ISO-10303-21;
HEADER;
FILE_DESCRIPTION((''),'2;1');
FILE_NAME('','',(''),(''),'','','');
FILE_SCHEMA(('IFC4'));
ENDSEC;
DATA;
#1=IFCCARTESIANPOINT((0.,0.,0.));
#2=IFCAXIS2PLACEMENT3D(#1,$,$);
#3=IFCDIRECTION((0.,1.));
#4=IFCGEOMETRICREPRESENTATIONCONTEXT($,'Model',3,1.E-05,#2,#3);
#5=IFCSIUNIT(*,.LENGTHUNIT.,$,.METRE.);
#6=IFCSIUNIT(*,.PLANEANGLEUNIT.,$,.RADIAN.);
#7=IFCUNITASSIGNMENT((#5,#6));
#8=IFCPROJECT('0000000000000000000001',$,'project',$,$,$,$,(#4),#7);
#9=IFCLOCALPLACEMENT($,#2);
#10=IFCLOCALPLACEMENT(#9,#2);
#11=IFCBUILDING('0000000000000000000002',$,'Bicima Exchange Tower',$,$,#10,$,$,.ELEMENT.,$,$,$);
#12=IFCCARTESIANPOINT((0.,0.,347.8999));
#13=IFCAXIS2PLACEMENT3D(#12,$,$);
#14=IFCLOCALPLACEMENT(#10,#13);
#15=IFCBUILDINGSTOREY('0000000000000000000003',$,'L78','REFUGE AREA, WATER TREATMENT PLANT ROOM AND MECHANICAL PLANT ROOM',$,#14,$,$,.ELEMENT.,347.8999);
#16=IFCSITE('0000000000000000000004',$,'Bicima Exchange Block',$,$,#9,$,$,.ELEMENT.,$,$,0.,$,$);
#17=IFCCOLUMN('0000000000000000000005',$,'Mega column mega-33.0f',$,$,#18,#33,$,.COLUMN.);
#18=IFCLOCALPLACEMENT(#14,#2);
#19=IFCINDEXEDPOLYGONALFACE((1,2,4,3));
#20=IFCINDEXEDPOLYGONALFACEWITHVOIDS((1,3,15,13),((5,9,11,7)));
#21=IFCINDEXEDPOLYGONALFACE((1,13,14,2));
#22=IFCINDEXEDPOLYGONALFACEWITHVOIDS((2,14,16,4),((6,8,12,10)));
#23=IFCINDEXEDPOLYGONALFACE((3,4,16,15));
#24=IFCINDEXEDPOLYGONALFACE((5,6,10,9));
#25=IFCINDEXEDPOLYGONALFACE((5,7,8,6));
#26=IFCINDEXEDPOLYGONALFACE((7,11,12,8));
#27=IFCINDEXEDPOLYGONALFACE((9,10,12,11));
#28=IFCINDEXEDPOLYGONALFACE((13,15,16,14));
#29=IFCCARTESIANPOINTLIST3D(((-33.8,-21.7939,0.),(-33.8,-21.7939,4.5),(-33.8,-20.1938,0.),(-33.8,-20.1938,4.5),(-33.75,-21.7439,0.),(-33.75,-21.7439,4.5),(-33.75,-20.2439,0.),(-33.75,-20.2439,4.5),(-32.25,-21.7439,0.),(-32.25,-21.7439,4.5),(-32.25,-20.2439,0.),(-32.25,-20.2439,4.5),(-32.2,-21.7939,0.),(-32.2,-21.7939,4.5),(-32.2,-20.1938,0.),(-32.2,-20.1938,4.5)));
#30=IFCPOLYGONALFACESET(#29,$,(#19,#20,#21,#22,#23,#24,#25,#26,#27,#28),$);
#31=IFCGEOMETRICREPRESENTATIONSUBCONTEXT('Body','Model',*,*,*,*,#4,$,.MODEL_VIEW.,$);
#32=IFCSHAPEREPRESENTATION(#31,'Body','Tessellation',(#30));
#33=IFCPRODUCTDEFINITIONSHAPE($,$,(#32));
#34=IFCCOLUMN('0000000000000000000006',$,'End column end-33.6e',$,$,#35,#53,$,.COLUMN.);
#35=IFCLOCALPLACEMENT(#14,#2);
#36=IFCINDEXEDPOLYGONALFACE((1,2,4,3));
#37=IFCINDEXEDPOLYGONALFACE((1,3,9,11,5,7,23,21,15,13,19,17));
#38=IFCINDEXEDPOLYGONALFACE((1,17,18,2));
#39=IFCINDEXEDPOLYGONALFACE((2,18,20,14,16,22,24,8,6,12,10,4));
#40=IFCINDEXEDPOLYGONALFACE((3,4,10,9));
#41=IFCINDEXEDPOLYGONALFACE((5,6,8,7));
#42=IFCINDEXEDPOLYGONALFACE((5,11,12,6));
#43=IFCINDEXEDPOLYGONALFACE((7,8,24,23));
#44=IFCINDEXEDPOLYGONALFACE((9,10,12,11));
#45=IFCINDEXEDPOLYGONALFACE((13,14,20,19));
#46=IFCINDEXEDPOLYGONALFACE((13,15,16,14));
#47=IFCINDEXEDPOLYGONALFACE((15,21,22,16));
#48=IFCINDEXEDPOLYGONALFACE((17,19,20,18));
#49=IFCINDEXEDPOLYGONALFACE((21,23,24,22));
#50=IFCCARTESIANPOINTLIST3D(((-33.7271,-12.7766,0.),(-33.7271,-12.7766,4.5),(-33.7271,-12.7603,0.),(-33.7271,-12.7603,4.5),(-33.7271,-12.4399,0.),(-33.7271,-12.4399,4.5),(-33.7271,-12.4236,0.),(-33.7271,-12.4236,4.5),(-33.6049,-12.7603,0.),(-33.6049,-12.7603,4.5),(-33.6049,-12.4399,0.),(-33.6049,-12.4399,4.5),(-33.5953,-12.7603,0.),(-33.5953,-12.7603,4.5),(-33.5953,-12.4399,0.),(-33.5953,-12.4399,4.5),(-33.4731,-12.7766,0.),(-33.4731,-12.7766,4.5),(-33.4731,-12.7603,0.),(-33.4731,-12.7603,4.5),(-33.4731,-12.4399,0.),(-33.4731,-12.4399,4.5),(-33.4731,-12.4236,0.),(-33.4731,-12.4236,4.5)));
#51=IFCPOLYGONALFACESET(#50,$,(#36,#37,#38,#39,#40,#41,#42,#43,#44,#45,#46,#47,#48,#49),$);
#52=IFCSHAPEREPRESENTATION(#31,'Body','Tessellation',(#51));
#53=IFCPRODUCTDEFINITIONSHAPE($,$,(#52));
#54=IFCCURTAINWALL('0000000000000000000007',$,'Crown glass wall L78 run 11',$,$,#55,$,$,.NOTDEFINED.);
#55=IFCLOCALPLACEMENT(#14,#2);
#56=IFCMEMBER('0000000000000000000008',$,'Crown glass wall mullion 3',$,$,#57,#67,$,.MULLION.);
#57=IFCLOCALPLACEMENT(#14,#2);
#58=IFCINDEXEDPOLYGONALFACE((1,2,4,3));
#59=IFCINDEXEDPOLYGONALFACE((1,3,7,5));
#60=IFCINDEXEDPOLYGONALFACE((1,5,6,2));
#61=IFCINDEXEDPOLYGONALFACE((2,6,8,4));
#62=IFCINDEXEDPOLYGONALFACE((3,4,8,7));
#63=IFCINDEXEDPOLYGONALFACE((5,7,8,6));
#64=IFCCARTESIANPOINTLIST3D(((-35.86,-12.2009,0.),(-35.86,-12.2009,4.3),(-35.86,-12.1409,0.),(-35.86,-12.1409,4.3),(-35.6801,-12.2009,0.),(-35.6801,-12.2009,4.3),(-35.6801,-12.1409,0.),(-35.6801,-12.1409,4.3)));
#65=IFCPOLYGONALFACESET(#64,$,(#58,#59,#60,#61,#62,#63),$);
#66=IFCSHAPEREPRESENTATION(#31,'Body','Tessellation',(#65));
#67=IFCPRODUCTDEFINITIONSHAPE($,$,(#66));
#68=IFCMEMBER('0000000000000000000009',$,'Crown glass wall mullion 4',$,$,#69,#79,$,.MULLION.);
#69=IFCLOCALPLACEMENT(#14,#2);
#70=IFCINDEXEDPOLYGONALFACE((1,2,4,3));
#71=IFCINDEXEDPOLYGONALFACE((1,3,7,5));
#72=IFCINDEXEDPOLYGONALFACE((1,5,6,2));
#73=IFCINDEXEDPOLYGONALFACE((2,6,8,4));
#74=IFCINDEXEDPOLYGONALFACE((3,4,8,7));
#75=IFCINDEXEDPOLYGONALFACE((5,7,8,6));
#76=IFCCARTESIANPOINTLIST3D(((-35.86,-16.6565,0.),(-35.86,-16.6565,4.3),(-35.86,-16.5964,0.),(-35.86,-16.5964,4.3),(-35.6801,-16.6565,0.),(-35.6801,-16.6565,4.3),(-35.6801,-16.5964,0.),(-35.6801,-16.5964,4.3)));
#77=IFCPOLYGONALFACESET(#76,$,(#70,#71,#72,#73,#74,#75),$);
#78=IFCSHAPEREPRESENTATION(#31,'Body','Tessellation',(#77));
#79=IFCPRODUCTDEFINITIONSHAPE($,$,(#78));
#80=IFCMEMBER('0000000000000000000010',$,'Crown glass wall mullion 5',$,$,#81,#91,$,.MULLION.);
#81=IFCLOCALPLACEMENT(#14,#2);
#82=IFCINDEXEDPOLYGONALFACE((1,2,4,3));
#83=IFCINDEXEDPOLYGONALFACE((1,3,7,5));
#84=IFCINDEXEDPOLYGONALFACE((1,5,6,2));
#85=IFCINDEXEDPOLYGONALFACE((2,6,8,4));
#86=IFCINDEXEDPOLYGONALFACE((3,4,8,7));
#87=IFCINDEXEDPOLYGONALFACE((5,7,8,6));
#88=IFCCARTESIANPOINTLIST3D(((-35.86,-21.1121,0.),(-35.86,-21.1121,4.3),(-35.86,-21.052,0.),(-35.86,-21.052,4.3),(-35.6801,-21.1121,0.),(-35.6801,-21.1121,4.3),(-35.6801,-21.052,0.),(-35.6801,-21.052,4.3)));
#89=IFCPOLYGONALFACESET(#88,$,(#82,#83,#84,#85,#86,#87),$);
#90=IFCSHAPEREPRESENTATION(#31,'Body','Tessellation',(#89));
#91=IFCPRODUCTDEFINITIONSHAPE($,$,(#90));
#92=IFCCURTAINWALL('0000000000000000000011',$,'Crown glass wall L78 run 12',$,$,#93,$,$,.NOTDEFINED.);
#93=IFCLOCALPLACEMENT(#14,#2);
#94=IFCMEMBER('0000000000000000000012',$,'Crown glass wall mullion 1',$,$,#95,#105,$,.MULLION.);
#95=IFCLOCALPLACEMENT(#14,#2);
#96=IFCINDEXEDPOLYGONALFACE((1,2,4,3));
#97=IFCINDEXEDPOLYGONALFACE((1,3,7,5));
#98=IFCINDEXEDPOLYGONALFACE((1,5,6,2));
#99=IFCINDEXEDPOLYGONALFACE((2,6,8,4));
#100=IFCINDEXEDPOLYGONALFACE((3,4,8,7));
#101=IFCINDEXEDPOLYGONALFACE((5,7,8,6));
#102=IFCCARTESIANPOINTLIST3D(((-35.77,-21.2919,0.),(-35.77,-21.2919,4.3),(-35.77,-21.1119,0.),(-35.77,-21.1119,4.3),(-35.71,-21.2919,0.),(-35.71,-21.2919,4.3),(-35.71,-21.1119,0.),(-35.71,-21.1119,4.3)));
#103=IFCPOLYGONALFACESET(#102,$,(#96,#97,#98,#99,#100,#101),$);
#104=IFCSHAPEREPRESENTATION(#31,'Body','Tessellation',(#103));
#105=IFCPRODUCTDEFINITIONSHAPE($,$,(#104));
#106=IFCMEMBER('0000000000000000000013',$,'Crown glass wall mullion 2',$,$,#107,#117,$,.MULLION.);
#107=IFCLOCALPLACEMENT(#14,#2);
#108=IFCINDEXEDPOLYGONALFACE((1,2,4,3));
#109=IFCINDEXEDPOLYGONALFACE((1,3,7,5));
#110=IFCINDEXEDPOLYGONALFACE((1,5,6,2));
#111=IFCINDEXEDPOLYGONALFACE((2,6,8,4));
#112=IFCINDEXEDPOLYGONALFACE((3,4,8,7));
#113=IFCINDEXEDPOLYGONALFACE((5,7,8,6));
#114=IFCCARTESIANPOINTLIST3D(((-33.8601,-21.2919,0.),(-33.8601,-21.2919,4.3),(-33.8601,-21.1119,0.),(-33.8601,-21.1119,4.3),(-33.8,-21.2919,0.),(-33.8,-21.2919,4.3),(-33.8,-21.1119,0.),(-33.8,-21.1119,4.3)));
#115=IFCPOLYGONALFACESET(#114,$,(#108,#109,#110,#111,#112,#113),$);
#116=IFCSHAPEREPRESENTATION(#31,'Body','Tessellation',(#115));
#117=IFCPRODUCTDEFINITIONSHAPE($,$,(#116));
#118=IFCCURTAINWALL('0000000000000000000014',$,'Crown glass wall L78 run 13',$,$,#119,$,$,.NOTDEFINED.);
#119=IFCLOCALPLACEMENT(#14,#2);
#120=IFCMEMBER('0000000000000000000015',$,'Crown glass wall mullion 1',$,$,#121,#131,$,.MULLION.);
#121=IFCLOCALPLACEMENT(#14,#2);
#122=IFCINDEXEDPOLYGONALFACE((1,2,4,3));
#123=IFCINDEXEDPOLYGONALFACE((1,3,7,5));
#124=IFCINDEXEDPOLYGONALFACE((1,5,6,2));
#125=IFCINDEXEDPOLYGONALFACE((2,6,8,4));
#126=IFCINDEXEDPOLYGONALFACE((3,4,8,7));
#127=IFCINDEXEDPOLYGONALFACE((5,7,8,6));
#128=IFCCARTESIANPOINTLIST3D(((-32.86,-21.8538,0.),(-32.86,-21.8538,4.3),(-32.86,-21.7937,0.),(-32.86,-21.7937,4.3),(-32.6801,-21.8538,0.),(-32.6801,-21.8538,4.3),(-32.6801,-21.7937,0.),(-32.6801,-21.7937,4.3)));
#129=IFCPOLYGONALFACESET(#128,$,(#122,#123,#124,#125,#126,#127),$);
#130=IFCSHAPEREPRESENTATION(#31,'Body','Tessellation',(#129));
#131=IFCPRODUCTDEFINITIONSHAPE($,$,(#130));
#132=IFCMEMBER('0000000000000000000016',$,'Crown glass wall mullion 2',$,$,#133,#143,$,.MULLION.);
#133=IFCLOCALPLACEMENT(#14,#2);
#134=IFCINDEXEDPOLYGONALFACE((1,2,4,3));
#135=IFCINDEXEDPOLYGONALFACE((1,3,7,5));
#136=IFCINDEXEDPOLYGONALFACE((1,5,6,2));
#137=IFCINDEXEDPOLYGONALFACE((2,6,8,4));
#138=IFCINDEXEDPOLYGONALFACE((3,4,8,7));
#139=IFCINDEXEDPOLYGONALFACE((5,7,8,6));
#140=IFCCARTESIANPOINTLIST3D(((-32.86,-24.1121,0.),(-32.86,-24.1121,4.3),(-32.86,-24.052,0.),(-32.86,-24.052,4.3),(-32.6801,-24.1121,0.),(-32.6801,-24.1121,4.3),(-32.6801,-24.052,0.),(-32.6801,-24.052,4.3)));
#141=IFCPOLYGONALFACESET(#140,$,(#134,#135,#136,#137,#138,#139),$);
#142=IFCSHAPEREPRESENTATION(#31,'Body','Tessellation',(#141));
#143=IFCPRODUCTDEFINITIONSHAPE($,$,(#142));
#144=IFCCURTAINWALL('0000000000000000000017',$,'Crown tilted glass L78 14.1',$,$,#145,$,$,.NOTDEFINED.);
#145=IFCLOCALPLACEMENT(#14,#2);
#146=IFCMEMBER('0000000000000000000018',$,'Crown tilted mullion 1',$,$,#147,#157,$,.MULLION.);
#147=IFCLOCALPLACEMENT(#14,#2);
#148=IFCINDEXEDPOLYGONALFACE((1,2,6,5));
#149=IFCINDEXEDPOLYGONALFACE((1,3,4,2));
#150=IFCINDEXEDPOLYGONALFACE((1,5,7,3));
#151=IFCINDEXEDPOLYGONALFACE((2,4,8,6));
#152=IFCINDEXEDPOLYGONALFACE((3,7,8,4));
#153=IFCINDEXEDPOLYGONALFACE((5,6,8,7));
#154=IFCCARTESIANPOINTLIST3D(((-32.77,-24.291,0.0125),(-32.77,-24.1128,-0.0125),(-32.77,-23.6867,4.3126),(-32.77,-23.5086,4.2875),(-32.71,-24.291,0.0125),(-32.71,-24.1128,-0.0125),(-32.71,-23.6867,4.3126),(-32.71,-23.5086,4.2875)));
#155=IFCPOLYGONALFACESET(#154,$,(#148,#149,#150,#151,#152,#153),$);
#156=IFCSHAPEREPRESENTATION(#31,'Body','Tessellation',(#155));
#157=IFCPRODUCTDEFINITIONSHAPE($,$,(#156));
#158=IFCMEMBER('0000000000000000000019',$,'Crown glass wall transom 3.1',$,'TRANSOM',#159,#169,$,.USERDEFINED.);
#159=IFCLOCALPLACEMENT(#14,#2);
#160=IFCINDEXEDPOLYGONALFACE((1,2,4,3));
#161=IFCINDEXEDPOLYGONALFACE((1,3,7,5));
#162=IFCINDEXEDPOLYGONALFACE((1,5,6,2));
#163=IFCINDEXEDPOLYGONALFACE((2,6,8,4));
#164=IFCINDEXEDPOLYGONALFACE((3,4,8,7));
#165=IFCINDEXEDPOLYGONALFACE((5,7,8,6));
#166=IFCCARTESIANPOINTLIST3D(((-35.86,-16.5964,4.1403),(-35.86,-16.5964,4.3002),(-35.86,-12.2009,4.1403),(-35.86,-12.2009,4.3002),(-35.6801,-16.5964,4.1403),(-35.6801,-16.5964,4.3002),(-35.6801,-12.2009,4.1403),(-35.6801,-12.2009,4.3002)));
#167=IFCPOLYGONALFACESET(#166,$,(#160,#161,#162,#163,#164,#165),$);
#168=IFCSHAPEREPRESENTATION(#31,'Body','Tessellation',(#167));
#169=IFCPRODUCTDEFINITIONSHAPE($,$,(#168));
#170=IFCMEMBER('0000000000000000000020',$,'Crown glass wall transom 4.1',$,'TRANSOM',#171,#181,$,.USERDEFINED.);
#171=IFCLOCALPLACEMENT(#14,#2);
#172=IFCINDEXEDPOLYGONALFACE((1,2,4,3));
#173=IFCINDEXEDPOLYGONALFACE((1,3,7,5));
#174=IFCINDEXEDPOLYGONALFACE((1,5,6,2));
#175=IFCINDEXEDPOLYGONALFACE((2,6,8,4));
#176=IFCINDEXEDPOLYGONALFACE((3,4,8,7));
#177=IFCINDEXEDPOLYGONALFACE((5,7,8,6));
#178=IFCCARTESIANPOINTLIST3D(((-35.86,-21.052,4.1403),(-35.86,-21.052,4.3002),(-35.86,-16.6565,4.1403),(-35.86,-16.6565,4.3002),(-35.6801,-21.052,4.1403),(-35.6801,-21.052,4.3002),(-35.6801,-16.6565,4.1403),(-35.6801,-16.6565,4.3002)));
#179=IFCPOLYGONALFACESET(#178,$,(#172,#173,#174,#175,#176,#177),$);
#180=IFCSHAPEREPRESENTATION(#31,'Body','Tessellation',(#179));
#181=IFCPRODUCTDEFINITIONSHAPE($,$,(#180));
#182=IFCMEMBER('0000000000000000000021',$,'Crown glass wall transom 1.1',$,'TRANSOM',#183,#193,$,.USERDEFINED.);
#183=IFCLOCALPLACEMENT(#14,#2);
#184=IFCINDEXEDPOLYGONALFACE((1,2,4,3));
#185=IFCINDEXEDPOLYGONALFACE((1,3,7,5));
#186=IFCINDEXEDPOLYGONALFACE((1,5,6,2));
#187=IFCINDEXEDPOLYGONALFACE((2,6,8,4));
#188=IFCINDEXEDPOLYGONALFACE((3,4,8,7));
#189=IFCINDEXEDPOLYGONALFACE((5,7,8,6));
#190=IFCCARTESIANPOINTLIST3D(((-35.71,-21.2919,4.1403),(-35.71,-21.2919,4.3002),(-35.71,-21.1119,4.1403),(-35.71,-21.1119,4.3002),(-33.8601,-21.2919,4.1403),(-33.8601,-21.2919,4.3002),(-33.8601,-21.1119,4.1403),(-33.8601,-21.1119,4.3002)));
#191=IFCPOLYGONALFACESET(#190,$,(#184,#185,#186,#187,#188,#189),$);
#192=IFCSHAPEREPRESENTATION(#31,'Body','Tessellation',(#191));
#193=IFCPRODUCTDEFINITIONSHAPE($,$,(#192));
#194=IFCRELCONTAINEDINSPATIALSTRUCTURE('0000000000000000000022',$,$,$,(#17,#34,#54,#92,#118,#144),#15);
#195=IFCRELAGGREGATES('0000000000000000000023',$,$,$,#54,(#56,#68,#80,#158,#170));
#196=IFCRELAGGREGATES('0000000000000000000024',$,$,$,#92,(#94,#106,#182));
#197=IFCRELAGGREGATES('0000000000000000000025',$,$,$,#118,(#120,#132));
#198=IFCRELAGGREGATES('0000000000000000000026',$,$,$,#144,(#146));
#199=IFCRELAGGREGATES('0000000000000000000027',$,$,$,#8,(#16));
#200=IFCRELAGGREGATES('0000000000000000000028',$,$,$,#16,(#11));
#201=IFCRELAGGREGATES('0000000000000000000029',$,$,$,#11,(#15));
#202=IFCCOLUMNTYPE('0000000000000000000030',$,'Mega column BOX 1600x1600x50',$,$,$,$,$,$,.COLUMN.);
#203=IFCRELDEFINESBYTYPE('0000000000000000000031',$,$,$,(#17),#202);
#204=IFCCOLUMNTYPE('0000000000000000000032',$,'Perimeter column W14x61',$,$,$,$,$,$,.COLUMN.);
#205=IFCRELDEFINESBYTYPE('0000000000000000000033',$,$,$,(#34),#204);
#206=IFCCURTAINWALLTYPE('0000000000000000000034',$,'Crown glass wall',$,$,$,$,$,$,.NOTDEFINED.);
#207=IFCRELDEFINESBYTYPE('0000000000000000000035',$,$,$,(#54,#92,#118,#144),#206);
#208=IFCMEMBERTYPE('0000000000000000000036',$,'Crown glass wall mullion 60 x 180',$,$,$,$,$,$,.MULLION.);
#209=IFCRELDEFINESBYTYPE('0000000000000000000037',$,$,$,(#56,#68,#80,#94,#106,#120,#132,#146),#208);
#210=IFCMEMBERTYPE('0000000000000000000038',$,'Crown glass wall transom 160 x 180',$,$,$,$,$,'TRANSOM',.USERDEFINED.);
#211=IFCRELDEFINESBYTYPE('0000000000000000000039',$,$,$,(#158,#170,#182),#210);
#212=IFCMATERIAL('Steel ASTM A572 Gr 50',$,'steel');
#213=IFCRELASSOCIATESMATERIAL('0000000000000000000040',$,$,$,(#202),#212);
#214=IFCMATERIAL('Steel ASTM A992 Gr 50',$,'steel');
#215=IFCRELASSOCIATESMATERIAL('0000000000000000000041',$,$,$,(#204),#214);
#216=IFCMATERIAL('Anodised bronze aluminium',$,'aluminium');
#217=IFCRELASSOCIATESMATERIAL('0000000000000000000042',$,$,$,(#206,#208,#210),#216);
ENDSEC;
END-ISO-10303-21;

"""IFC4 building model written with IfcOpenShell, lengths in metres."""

from ifc_helpers import new_model, si_unit, direction, frame, origin, origin_2d, place, context, subcontext, project, spatial, rectangle, hollow_rectangle, i_section, extrude, material, material_profile, profile_set, type_object, element, aggregate, save


model = new_model("IFC4")

# Units and contexts
model_context = context("Model", 3, precision=1e-05, world=origin(), true_north=direction((0.0, 1.0)))
body_context = subcontext(model_context, "Body", "Model", "MODEL_VIEW")
ifc_project = project(units=[si_unit("LENGTHUNIT", "METRE"), si_unit("PLANEANGLEUNIT", "RADIAN")], contexts=[model_context])

# Site, building, storey
site_placement = place(None, origin())
site = spatial("IfcSite", under=ifc_project, at=site_placement, Name="Bicima Exchange Block", CompositionType="ELEMENT", RefElevation=0.0)
building_placement = place(site_placement, origin())
building = spatial("IfcBuilding", under=site, at=building_placement, Name="Bicima Exchange Tower", CompositionType="ELEMENT")
storey_placement = place(building_placement, frame((0.0, 0.0, 347.8999)))
storey = spatial("IfcBuildingStorey", under=building, at=storey_placement, Name="L78", Description="REFUGE AREA, WATER TREATMENT PLANT ROOM AND MECHANICAL PLANT ROOM", CompositionType="ELEMENT", Elevation=347.8999)

# Columns
ifc_material_1 = material(Name="Steel ASTM A572 Gr 50", Category="steel")
ifc_material_profile_1 = material_profile(ifc_material_1, hollow_rectangle(XDim=1.6001, YDim=1.6001, WallThickness=0.05, at=origin_2d()))
ifc_profile_set_1 = profile_set([ifc_material_profile_1], Name="Steel ASTM A572 Gr 50")
column_type_1 = type_object("IfcColumnType", Name="Mega column BOX 1600x1600x50", PredefinedType="COLUMN", material=ifc_profile_set_1)
column_1_placement = place(storey_placement, frame((-33.0, -20.9939, 0.0), z_axis=(0.0, 0.0, 1.0), x_axis=(1.0, 0.0, 0.0)))
element("IfcColumn", 1, at=column_1_placement, inside=storey, type_object=column_type_1, Name="Mega column mega-33.0f", PredefinedType="COLUMN", context=body_context, shape_type="SweptSolid", body=[
    extrude(hollow_rectangle(XDim=1.6001, YDim=1.6001, WallThickness=0.05, at=origin_2d()), origin(), (0.0, 0.0, 1.0), 4.5),
])
ifc_material_2 = material(Name="Steel ASTM A992 Gr 50", Category="steel")
ifc_material_profile_2 = material_profile(ifc_material_2, i_section(OverallWidth=0.2539, OverallDepth=0.353, WebThickness=0.0095, FlangeThickness=0.0164, at=origin_2d()))
ifc_profile_set_2 = profile_set([ifc_material_profile_2], Name="Steel ASTM A992 Gr 50")
column_type_2 = type_object("IfcColumnType", Name="Perimeter column W14x61", PredefinedType="COLUMN", material=ifc_profile_set_2)
column_2_placement = place(storey_placement, frame((-33.6001, -12.6001, 0.0), z_axis=(0.0, 0.0, 1.0), x_axis=(1.0, 0.0, 0.0)))
element("IfcColumn", 2, at=column_2_placement, inside=storey, type_object=column_type_2, Name="End column end-33.6e", PredefinedType="COLUMN", context=body_context, shape_type="SweptSolid", body=[
    extrude(i_section(OverallWidth=0.2539, OverallDepth=0.353, WebThickness=0.0095, FlangeThickness=0.0164, at=origin_2d()), origin(), (0.0, 0.0, 1.0), 4.5),
])

# Curtain walls, members
ifc_material_3 = material(Name="Anodised bronze aluminium", Category="aluminium")
curtain_wall_type = type_object("IfcCurtainWallType", Name="Crown glass wall", PredefinedType="NOTDEFINED", material=ifc_material_3)
curtain_wall_1_placement = place(storey_placement, origin())
curtain_wall_1 = element("IfcCurtainWall", 3, at=curtain_wall_1_placement, inside=storey, type_object=curtain_wall_type, Name="Crown glass wall L78 run 11", PredefinedType="NOTDEFINED")
ifc_material_profile_3 = material_profile(ifc_material_3, rectangle(XDim=0.1799, YDim=0.0601, at=origin_2d()))
ifc_profile_set_3 = profile_set([ifc_material_profile_3], Name="Anodised bronze aluminium")
member_type_1 = type_object("IfcMemberType", Name="Crown glass wall mullion 60 x 180", PredefinedType="MULLION", material=ifc_profile_set_3)
member_1_placement = place(storey_placement, frame((-35.77, -12.1709, 0.0), z_axis=(0.0, 0.0, 1.0), x_axis=(1.0, 0.0, 0.0)))
member_1 = element("IfcMember", 4, at=member_1_placement, type_object=member_type_1, Name="Crown glass wall mullion 3", PredefinedType="MULLION", context=body_context, shape_type="SweptSolid", body=[
    extrude(rectangle(XDim=0.1799, YDim=0.0601, at=origin_2d()), origin(), (0.0, 0.0, 1.0), 4.3),
])
member_2_placement = place(storey_placement, frame((-35.77, -16.6265, 0.0), z_axis=(0.0, 0.0, 1.0), x_axis=(1.0, 0.0, 0.0)))
member_2 = element("IfcMember", 5, at=member_2_placement, type_object=member_type_1, Name="Crown glass wall mullion 4", PredefinedType="MULLION", context=body_context, shape_type="SweptSolid", body=[
    extrude(rectangle(XDim=0.1799, YDim=0.0601, at=origin_2d()), origin(), (0.0, 0.0, 1.0), 4.3),
])
member_3_placement = place(storey_placement, frame((-35.77, -21.082, 0.0), z_axis=(0.0, 0.0, 1.0), x_axis=(1.0, 0.0, 0.0)))
member_3 = element("IfcMember", 6, at=member_3_placement, type_object=member_type_1, Name="Crown glass wall mullion 5", PredefinedType="MULLION", context=body_context, shape_type="SweptSolid", body=[
    extrude(rectangle(XDim=0.1799, YDim=0.0601, at=origin_2d()), origin(), (0.0, 0.0, 1.0), 4.3),
])
curtain_wall_2_placement = place(storey_placement, origin())
curtain_wall_2 = element("IfcCurtainWall", 7, at=curtain_wall_2_placement, inside=storey, type_object=curtain_wall_type, Name="Crown glass wall L78 run 12", PredefinedType="NOTDEFINED")
member_4_placement = place(storey_placement, frame((-35.74, -21.2019, 0.0), z_axis=(0.0, 0.0, 1.0), x_axis=(0.0, 1.0, 0.0)))
member_4 = element("IfcMember", 8, at=member_4_placement, type_object=member_type_1, Name="Crown glass wall mullion 1", PredefinedType="MULLION", context=body_context, shape_type="SweptSolid", body=[
    extrude(rectangle(XDim=0.1799, YDim=0.0601, at=origin_2d()), origin(), (0.0, 0.0, 1.0), 4.3),
])
member_5_placement = place(storey_placement, frame((-33.8301, -21.2019, 0.0), z_axis=(0.0, 0.0, 1.0), x_axis=(0.0, 1.0, 0.0)))
member_5 = element("IfcMember", 9, at=member_5_placement, type_object=member_type_1, Name="Crown glass wall mullion 2", PredefinedType="MULLION", context=body_context, shape_type="SweptSolid", body=[
    extrude(rectangle(XDim=0.1799, YDim=0.0601, at=origin_2d()), origin(), (0.0, 0.0, 1.0), 4.3),
])
curtain_wall_3_placement = place(storey_placement, origin())
curtain_wall_3 = element("IfcCurtainWall", 10, at=curtain_wall_3_placement, inside=storey, type_object=curtain_wall_type, Name="Crown glass wall L78 run 13", PredefinedType="NOTDEFINED")
member_6_placement = place(storey_placement, frame((-32.77, -21.8237, 0.0), z_axis=(0.0, 0.0, 1.0), x_axis=(1.0, 0.0, 0.0)))
member_6 = element("IfcMember", 11, at=member_6_placement, type_object=member_type_1, Name="Crown glass wall mullion 1", PredefinedType="MULLION", context=body_context, shape_type="SweptSolid", body=[
    extrude(rectangle(XDim=0.1799, YDim=0.0601, at=origin_2d()), origin(), (0.0, 0.0, 1.0), 4.3),
])
member_7_placement = place(storey_placement, frame((-32.77, -24.082, 0.0), z_axis=(0.0, 0.0, 1.0), x_axis=(1.0, 0.0, 0.0)))
member_7 = element("IfcMember", 12, at=member_7_placement, type_object=member_type_1, Name="Crown glass wall mullion 2", PredefinedType="MULLION", context=body_context, shape_type="SweptSolid", body=[
    extrude(rectangle(XDim=0.1799, YDim=0.0601, at=origin_2d()), origin(), (0.0, 0.0, 1.0), 4.3),
])

# Curtain wall, member
curtain_wall_4_placement = place(storey_placement, origin())
curtain_wall_4 = element("IfcCurtainWall", 13, at=curtain_wall_4_placement, inside=storey, type_object=curtain_wall_type, Name="Crown tilted glass L78 14.1", PredefinedType="NOTDEFINED")
member_8_placement = place(storey_placement, frame((-32.74, -24.2019, 0.0), z_axis=(0.0, 0.139154, 0.990271), x_axis=(0.0, -0.990271, 0.139154)))
member_8 = element("IfcMember", 14, at=member_8_placement, type_object=member_type_1, Name="Crown tilted mullion 1", PredefinedType="MULLION", context=body_context, shape_type="SweptSolid", body=[
    extrude(rectangle(XDim=0.1799, YDim=0.0601, at=origin_2d()), origin(), (0.0, 0.0, 1.0), 4.3423),
])

# Members
ifc_material_profile_4 = material_profile(ifc_material_3, rectangle(XDim=0.1799, YDim=0.1599, at=origin_2d()))
ifc_profile_set_4 = profile_set([ifc_material_profile_4], Name="Anodised bronze aluminium")
member_type_2 = type_object("IfcMemberType", Name="Crown glass wall transom 160 x 180", ElementType="TRANSOM", PredefinedType="USERDEFINED", material=ifc_profile_set_4)
member_9_placement = place(storey_placement, frame((-35.77, -12.2009, 4.2202), z_axis=(0.0, -1.0, 0.0), x_axis=(1.0, 0.0, 0.0)))
member_9 = element("IfcMember", 15, at=member_9_placement, type_object=member_type_2, Name="Crown glass wall transom 3.1", ObjectType="TRANSOM", PredefinedType="USERDEFINED", context=body_context, shape_type="SweptSolid", body=[
    extrude(rectangle(XDim=0.1799, YDim=0.1599, at=origin_2d()), origin(), (0.0, 0.0, 1.0), 4.3955),
])
member_10_placement = place(storey_placement, frame((-35.77, -16.6565, 4.2202), z_axis=(0.0, -1.0, 0.0), x_axis=(1.0, 0.0, 0.0)))
member_10 = element("IfcMember", 16, at=member_10_placement, type_object=member_type_2, Name="Crown glass wall transom 4.1", ObjectType="TRANSOM", PredefinedType="USERDEFINED", context=body_context, shape_type="SweptSolid", body=[
    extrude(rectangle(XDim=0.1799, YDim=0.1599, at=origin_2d()), origin(), (0.0, 0.0, 1.0), 4.3955),
])
member_11_placement = place(storey_placement, frame((-35.71, -21.2019, 4.2202), z_axis=(1.0, 0.0, 0.0), x_axis=(0.0, 1.0, 0.0)))
member_11 = element("IfcMember", 17, at=member_11_placement, type_object=member_type_2, Name="Crown glass wall transom 1.1", ObjectType="TRANSOM", PredefinedType="USERDEFINED", context=body_context, shape_type="SweptSolid", body=[
    extrude(rectangle(XDim=0.1799, YDim=0.1599, at=origin_2d()), origin(), (0.0, 0.0, 1.0), 1.8499),
])

aggregate(curtain_wall_1, [member_1, member_2, member_3, member_9, member_10])
aggregate(curtain_wall_2, [member_4, member_5, member_11])
aggregate(curtain_wall_3, [member_6, member_7])
aggregate(curtain_wall_4, [member_8])

save(model, "model.ifc")
